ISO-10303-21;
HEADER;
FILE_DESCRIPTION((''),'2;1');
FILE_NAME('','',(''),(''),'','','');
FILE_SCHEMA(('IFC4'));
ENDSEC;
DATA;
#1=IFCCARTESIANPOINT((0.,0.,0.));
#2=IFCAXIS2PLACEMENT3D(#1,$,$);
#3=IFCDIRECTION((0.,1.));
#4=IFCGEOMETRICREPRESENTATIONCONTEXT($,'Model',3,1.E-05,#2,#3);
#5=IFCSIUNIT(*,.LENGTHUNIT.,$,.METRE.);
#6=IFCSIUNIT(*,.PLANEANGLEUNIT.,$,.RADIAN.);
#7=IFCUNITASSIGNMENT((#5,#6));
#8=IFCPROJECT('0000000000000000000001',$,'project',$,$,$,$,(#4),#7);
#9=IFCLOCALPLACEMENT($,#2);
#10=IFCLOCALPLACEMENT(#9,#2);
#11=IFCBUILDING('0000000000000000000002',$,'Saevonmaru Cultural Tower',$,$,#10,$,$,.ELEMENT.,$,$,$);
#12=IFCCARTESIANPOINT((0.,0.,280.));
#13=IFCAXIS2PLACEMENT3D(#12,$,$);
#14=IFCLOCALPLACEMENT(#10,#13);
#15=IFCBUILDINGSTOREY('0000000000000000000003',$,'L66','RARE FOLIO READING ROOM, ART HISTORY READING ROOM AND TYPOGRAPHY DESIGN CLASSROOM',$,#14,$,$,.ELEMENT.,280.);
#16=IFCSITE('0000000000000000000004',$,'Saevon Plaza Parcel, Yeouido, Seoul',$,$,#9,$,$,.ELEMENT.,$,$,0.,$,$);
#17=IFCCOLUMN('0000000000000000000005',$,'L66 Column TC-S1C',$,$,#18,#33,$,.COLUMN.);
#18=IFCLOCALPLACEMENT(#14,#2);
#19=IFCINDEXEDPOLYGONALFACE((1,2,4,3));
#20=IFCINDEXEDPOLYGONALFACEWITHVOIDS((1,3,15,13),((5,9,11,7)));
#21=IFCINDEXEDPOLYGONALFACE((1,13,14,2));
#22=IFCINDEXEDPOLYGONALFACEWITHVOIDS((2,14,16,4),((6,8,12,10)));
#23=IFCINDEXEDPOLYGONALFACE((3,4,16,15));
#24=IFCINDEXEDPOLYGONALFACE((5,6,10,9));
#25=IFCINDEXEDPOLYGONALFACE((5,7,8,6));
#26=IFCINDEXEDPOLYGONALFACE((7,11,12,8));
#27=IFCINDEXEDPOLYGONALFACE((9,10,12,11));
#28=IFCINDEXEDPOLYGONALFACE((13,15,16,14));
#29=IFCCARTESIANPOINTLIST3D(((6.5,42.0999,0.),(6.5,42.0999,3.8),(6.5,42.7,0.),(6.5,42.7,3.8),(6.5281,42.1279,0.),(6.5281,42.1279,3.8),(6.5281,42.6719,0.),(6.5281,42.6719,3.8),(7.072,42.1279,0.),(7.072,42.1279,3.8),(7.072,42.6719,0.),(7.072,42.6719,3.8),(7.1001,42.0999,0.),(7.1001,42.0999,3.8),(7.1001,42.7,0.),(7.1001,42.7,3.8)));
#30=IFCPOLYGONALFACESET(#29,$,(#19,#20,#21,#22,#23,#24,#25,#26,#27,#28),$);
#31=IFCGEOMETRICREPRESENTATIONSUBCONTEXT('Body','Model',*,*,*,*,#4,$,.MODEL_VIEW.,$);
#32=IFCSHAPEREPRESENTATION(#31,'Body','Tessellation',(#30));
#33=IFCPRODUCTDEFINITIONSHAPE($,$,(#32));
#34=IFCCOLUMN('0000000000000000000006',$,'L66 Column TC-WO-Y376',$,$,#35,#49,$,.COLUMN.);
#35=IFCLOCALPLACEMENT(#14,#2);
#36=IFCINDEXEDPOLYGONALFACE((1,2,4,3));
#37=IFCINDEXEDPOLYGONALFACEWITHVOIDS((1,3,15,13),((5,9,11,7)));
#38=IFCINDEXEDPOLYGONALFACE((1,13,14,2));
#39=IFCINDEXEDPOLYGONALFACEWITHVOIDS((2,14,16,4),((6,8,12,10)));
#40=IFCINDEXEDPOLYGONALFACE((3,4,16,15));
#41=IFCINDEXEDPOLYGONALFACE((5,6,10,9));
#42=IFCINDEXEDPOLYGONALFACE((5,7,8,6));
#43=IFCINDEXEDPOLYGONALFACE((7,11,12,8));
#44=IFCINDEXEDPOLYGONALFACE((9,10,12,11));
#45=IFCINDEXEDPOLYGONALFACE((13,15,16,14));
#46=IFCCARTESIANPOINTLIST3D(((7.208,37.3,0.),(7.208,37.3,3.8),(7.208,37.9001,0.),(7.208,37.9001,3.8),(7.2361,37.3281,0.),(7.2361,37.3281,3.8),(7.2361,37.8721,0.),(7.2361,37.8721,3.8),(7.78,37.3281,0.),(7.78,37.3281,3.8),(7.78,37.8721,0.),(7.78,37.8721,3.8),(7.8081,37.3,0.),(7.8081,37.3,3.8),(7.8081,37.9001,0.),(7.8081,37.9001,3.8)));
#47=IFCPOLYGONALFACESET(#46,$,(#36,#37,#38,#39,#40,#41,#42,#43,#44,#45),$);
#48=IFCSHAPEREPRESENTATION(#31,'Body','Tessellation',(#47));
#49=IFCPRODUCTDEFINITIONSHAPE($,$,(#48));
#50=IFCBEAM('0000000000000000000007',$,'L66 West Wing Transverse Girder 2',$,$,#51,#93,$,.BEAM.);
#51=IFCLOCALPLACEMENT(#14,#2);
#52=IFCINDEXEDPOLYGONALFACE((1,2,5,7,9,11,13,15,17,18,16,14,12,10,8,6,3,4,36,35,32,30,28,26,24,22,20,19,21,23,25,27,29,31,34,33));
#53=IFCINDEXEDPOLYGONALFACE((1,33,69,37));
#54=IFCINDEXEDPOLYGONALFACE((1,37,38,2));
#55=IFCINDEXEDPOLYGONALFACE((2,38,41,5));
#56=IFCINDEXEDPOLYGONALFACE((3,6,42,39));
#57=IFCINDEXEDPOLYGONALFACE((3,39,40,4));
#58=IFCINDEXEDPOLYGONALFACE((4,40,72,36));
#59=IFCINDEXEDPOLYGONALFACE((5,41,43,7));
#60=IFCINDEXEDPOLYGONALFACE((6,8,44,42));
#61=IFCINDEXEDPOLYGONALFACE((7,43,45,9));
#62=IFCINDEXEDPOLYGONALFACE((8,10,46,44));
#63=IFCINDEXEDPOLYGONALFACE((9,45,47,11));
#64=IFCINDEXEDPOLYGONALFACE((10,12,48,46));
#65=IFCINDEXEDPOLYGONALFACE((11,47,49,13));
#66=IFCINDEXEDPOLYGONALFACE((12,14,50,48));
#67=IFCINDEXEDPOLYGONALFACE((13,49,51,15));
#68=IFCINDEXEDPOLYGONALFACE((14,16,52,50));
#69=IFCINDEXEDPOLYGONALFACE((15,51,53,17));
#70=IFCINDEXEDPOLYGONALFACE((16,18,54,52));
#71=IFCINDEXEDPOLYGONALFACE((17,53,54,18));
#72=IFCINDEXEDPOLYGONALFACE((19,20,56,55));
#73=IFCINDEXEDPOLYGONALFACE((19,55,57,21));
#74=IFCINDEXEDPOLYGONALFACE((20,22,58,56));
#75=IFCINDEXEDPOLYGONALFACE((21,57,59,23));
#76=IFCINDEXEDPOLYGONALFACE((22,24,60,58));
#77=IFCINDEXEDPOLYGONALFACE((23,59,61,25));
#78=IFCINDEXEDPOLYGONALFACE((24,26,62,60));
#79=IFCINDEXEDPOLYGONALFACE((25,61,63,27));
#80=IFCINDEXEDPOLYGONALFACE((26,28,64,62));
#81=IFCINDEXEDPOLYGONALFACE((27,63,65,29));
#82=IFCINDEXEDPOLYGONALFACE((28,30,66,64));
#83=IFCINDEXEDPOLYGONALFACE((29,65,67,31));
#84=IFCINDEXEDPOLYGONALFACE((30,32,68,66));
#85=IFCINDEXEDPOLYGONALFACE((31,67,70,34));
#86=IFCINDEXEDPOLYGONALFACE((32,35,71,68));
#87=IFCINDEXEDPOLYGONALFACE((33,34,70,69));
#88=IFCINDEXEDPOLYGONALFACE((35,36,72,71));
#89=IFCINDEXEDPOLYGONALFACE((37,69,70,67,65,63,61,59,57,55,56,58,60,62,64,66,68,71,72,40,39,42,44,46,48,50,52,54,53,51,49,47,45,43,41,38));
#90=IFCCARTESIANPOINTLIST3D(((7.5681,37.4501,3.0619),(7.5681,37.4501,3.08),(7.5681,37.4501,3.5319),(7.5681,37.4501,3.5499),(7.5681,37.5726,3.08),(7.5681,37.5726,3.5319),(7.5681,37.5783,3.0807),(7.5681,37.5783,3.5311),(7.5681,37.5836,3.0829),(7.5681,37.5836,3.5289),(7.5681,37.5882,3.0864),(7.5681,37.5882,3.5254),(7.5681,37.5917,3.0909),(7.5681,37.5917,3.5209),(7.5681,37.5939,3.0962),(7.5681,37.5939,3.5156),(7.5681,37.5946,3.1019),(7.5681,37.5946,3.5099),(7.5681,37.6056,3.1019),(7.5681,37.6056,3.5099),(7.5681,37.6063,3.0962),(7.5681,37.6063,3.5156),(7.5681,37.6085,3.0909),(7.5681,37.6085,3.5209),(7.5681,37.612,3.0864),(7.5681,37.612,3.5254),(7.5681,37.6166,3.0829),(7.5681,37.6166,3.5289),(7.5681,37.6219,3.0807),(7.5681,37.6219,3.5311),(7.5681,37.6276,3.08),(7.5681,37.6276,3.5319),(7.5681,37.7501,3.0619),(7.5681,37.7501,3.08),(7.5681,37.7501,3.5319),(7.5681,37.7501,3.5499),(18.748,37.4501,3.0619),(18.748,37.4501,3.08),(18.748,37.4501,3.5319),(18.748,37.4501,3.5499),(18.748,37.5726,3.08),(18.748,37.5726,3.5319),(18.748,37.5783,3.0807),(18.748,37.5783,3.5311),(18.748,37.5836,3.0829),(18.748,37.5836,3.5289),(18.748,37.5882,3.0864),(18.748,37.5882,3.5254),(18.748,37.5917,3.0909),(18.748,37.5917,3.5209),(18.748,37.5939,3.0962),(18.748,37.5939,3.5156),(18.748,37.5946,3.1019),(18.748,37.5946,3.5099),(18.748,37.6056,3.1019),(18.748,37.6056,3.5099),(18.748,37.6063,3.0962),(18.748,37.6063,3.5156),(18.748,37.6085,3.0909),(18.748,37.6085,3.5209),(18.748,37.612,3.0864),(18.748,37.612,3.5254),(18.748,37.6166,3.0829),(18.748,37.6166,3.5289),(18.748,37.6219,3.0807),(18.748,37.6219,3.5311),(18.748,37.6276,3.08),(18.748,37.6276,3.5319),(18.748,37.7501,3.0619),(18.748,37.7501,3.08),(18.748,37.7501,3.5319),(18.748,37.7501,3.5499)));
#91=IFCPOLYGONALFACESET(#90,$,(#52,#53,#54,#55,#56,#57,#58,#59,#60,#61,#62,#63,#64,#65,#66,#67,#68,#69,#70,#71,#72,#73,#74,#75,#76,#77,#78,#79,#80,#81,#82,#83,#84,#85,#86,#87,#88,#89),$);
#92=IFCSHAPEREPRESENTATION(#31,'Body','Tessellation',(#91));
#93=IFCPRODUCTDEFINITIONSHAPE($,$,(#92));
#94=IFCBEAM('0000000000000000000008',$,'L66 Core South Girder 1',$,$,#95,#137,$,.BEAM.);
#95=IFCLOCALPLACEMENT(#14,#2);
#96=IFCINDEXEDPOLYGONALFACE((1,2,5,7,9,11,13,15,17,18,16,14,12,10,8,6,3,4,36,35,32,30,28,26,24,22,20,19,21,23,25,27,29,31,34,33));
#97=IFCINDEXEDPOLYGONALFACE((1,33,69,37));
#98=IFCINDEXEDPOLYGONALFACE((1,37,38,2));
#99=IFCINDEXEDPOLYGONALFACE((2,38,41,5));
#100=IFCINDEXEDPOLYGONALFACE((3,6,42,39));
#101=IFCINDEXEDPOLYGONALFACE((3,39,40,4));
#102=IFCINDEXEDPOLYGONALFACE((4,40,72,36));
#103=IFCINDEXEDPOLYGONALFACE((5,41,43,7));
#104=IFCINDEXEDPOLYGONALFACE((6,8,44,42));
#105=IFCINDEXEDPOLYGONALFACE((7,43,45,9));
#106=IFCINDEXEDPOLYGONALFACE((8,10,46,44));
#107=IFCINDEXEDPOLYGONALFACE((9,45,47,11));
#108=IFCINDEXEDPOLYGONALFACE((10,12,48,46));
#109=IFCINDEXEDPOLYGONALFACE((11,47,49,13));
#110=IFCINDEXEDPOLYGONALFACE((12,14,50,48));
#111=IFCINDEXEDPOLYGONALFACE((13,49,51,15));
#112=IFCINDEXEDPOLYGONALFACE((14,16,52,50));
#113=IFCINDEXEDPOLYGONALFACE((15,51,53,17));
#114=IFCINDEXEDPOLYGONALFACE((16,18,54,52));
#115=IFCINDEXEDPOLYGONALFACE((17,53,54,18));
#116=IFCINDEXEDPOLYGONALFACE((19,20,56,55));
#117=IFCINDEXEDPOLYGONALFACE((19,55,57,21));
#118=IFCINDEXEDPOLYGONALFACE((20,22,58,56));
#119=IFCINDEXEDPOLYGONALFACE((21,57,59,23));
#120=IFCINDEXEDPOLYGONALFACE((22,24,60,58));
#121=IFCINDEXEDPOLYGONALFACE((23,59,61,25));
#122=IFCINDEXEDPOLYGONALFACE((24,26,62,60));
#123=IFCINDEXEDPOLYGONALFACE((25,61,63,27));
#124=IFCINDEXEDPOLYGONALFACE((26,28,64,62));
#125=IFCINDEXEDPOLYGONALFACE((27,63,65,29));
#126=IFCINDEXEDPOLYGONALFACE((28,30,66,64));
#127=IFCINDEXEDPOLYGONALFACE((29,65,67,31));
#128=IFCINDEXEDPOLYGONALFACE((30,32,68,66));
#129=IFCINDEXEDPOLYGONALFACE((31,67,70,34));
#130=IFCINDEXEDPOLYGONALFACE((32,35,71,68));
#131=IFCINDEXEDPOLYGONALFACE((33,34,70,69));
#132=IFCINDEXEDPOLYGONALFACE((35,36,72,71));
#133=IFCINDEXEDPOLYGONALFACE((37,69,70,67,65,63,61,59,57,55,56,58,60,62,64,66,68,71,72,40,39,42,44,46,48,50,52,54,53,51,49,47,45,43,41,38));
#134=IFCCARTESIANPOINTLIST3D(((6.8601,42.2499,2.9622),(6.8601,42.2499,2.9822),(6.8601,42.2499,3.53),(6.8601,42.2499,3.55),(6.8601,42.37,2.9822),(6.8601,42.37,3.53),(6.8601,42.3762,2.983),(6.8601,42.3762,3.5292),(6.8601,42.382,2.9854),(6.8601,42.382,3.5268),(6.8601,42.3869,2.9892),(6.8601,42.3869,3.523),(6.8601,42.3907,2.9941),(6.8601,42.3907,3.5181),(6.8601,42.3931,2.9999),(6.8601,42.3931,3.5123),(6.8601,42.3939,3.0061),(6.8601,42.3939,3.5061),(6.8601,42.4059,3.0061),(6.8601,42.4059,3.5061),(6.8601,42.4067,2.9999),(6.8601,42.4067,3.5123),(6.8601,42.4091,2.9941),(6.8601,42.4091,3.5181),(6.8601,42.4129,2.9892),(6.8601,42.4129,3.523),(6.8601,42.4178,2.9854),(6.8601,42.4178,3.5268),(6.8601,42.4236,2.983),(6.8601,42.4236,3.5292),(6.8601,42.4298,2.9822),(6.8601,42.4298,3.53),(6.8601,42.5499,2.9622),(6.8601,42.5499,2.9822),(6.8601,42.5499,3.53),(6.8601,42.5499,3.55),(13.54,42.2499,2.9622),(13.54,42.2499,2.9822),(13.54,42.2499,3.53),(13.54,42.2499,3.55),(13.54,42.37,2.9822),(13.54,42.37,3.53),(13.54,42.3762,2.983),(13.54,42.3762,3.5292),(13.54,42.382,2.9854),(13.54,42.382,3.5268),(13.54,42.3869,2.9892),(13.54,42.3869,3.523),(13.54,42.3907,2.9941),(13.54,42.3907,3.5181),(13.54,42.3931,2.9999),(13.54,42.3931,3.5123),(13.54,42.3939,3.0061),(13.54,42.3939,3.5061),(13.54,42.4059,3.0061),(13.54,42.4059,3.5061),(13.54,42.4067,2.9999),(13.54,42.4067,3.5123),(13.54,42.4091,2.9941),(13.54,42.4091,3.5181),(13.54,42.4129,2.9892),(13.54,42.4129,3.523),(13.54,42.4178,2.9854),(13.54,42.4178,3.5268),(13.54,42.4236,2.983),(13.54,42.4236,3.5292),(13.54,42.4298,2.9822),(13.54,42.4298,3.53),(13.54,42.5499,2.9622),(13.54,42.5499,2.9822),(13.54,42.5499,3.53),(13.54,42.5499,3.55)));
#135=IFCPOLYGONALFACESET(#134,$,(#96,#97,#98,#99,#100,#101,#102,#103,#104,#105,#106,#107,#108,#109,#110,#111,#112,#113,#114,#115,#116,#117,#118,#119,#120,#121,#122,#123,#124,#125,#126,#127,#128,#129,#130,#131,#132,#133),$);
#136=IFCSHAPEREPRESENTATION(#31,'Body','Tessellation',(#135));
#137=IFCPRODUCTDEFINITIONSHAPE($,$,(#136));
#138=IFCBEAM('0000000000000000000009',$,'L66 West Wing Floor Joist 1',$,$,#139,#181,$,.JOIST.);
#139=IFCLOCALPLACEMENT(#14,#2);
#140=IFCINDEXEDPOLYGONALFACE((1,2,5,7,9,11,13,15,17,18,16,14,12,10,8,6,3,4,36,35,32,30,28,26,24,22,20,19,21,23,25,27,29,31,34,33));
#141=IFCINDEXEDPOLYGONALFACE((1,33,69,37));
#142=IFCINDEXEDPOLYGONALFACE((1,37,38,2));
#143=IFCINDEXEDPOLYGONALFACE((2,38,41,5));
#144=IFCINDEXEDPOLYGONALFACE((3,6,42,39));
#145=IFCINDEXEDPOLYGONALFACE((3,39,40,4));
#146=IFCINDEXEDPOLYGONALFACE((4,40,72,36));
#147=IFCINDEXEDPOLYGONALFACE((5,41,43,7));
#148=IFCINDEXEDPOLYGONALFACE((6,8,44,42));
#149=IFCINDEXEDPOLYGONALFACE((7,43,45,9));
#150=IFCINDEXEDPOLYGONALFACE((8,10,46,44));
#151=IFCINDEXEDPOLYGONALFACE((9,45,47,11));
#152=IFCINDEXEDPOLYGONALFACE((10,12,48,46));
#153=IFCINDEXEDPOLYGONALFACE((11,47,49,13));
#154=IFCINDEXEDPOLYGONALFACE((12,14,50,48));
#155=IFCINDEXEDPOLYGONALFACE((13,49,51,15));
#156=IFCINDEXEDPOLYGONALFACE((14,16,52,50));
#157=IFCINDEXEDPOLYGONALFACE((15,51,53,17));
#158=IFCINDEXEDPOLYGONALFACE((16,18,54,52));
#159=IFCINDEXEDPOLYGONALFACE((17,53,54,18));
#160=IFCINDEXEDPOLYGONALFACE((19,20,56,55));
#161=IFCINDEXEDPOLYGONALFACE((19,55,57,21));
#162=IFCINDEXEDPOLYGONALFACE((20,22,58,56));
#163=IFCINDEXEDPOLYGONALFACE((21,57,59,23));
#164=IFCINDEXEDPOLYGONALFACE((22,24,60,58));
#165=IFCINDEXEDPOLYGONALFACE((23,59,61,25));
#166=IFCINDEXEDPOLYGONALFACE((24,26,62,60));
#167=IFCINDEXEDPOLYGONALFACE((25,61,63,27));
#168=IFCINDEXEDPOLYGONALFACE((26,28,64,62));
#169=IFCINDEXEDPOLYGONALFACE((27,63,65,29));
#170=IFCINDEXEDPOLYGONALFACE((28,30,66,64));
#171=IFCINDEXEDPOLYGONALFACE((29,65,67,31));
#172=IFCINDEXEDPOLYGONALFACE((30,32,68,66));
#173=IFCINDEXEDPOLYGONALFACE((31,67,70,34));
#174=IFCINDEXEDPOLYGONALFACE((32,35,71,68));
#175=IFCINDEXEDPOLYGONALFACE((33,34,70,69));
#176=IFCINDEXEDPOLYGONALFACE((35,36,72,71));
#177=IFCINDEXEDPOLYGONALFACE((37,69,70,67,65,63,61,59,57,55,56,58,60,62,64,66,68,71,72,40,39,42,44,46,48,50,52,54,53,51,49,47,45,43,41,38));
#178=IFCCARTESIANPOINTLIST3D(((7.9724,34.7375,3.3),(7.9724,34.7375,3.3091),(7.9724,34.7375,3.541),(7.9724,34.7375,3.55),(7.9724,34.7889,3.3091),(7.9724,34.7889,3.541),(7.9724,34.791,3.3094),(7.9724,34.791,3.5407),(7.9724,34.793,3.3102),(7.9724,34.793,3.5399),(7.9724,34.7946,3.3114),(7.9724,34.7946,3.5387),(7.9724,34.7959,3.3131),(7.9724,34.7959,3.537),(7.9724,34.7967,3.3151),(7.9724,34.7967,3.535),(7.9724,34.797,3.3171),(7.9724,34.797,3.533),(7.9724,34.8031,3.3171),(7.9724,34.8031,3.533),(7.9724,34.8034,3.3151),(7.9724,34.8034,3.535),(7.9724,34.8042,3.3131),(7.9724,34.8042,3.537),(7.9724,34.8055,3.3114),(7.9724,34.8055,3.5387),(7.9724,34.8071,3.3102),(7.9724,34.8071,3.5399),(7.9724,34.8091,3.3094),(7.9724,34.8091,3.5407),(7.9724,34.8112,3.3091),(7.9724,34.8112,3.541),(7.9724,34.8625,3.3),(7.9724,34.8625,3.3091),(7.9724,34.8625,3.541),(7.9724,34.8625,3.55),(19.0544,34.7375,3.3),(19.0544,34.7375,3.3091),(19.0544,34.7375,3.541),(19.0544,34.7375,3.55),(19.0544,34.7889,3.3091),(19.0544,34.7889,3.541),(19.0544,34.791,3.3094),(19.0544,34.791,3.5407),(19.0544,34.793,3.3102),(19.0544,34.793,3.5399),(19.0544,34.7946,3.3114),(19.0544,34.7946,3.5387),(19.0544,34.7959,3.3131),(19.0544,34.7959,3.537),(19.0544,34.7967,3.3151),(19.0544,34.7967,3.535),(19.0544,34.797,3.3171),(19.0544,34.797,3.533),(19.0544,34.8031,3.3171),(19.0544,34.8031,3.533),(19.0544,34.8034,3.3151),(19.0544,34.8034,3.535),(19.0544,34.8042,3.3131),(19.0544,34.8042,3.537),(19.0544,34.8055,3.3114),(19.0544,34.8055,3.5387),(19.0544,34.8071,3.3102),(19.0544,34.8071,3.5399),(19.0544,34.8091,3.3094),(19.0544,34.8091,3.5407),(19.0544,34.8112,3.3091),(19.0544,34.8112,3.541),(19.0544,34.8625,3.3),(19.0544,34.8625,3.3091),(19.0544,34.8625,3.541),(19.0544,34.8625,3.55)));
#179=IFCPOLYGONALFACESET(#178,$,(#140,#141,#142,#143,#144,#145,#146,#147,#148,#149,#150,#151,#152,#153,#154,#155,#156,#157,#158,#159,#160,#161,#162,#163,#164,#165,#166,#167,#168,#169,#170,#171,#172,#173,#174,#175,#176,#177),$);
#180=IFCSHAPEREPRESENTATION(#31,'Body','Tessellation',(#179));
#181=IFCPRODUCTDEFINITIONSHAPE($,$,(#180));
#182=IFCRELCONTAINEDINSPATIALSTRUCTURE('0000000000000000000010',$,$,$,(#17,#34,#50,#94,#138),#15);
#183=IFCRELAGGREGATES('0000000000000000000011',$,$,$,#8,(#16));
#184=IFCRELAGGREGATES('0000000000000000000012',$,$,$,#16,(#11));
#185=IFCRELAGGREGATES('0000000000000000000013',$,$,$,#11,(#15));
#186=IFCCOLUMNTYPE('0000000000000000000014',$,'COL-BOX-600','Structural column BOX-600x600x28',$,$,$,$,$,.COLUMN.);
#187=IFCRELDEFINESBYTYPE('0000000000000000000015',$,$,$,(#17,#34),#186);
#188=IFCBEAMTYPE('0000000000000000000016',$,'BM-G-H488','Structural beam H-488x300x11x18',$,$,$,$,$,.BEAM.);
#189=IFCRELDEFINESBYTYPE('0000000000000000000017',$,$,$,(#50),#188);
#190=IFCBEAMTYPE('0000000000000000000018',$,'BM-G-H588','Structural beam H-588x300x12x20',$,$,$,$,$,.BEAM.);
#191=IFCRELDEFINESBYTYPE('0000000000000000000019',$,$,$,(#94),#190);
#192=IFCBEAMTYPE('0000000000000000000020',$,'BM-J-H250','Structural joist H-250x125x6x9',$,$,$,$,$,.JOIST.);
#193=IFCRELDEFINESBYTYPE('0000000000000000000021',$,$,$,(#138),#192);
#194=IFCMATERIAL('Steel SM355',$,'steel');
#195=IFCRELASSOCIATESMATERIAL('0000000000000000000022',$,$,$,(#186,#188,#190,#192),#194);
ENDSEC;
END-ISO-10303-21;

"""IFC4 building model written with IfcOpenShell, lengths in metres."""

from ifc_helpers import new_model, si_unit, direction, frame, origin, origin_2d, place, context, subcontext, project, spatial, hollow_rectangle, i_section, extrude, material, material_profile, profile_set, type_object, element, save


model = new_model("IFC4")

# Units and contexts
model_context = context("Model", 3, precision=1e-05, world=origin(), true_north=direction((0.0, 1.0)))
body_context = subcontext(model_context, "Body", "Model", "MODEL_VIEW")
ifc_project = project(units=[si_unit("LENGTHUNIT", "METRE"), si_unit("PLANEANGLEUNIT", "RADIAN")], contexts=[model_context])

# Site, building, storey
site_placement = place(None, origin())
site = spatial("IfcSite", under=ifc_project, at=site_placement, Name="Saevon Plaza Parcel, Yeouido, Seoul", CompositionType="ELEMENT", RefElevation=0.0)
building_placement = place(site_placement, origin())
building = spatial("IfcBuilding", under=site, at=building_placement, Name="Saevonmaru Cultural Tower", CompositionType="ELEMENT")
storey_placement = place(building_placement, frame((0.0, 0.0, 280.0)))
storey = spatial("IfcBuildingStorey", under=building, at=storey_placement, Name="L66", Description="RARE FOLIO READING ROOM, ART HISTORY READING ROOM AND TYPOGRAPHY DESIGN CLASSROOM", CompositionType="ELEMENT", Elevation=280.0)

# Columns
ifc_material_1 = material(Name="Steel SM355", Category="steel")
ifc_material_profile_1 = material_profile(ifc_material_1, hollow_rectangle(XDim=0.6001, YDim=0.6001, WallThickness=0.0281, at=origin_2d()), Name="BOX-600x600x28")
ifc_profile_set_1 = profile_set([ifc_material_profile_1], Name="Steel SM355")
column_type = type_object("IfcColumnType", Name="COL-BOX-600", Description="Structural column BOX-600x600x28", PredefinedType="COLUMN", material=ifc_profile_set_1)
for number, where, z_axis, x_axis, name in (
    (1, (6.8, 42.3999, 0.0), (0.0, 0.0, 1.0), (1.0, 0.0, 0.0), "L66 Column TC-S1C"),
    (2, (7.5081, 37.6001, 0.0), (0.0, 0.0, 1.0), (1.0, 0.0, 0.0), "L66 Column TC-WO-Y376"),
):
    element("IfcColumn", number, at=place(storey_placement, frame(where, z_axis=z_axis, x_axis=x_axis)), inside=storey, type_object=column_type, Name=name, PredefinedType="COLUMN", context=body_context, shape_type="SweptSolid", body=[
        extrude(hollow_rectangle(XDim=0.6001, YDim=0.6001, WallThickness=0.0281, at=origin_2d()), origin(), (0.0, 0.0, 1.0), 3.8),
    ])

# Beams
ifc_material_profile_2 = material_profile(ifc_material_1, i_section(OverallWidth=0.3, OverallDepth=0.488, WebThickness=0.011, FlangeThickness=0.0181, FilletRadius=0.022, at=origin_2d()), Name="H-488x300x11x18")
ifc_profile_set_2 = profile_set([ifc_material_profile_2], Name="Steel SM355")
beam_type_1 = type_object("IfcBeamType", Name="BM-G-H488", Description="Structural beam H-488x300x11x18", PredefinedType="BEAM", material=ifc_profile_set_2)
beam_1_placement = place(storey_placement, frame((7.5681, 37.6001, 3.3059), z_axis=(1.0, 0.0, 0.0), x_axis=(0.0, 1.0, 0.0)))
element("IfcBeam", 3, at=beam_1_placement, inside=storey, type_object=beam_type_1, Name="L66 West Wing Transverse Girder 2", PredefinedType="BEAM", context=body_context, shape_type="SweptSolid", body=[
    extrude(i_section(OverallWidth=0.3, OverallDepth=0.488, WebThickness=0.011, FlangeThickness=0.0181, FilletRadius=0.022, at=origin_2d()), origin(), (0.0, 0.0, 1.0), 11.1799),
])
ifc_material_profile_3 = material_profile(ifc_material_1, i_section(OverallWidth=0.3, OverallDepth=0.5879, WebThickness=0.012, FlangeThickness=0.02, FilletRadius=0.0239, at=origin_2d()), Name="H-588x300x12x20")
ifc_profile_set_3 = profile_set([ifc_material_profile_3], Name="Steel SM355")
beam_type_2 = type_object("IfcBeamType", Name="BM-G-H588", Description="Structural beam H-588x300x12x20", PredefinedType="BEAM", material=ifc_profile_set_3)
beam_2_placement = place(storey_placement, frame((6.8601, 42.3999, 3.2561), z_axis=(1.0, 0.0, 0.0), x_axis=(0.0, 1.0, 0.0)))
element("IfcBeam", 4, at=beam_2_placement, inside=storey, type_object=beam_type_2, Name="L66 Core South Girder 1", PredefinedType="BEAM", context=body_context, shape_type="SweptSolid", body=[
    extrude(i_section(OverallWidth=0.3, OverallDepth=0.5879, WebThickness=0.012, FlangeThickness=0.02, FilletRadius=0.0239, at=origin_2d()), origin(), (0.0, 0.0, 1.0), 6.6799),
])
ifc_material_profile_4 = material_profile(ifc_material_1, i_section(OverallWidth=0.125, OverallDepth=0.25, WebThickness=0.0061, FlangeThickness=0.009, FilletRadius=0.0081, at=origin_2d()), Name="H-250x125x6x9")
ifc_profile_set_4 = profile_set([ifc_material_profile_4], Name="Steel SM355")
beam_type_3 = type_object("IfcBeamType", Name="BM-J-H250", Description="Structural joist H-250x125x6x9", PredefinedType="JOIST", material=ifc_profile_set_4)
beam_3_placement = place(storey_placement, frame((7.9724, 34.8, 3.425), z_axis=(1.0, 0.0, 0.0), x_axis=(0.0, 1.0, 0.0)))
element("IfcBeam", 5, at=beam_3_placement, inside=storey, type_object=beam_type_3, Name="L66 West Wing Floor Joist 1", PredefinedType="JOIST", context=body_context, shape_type="SweptSolid", body=[
    extrude(i_section(OverallWidth=0.125, OverallDepth=0.25, WebThickness=0.0061, FlangeThickness=0.009, FilletRadius=0.0081, at=origin_2d()), origin(), (0.0, 0.0, 1.0), 11.082),
])

save(model, "model.ifc")
